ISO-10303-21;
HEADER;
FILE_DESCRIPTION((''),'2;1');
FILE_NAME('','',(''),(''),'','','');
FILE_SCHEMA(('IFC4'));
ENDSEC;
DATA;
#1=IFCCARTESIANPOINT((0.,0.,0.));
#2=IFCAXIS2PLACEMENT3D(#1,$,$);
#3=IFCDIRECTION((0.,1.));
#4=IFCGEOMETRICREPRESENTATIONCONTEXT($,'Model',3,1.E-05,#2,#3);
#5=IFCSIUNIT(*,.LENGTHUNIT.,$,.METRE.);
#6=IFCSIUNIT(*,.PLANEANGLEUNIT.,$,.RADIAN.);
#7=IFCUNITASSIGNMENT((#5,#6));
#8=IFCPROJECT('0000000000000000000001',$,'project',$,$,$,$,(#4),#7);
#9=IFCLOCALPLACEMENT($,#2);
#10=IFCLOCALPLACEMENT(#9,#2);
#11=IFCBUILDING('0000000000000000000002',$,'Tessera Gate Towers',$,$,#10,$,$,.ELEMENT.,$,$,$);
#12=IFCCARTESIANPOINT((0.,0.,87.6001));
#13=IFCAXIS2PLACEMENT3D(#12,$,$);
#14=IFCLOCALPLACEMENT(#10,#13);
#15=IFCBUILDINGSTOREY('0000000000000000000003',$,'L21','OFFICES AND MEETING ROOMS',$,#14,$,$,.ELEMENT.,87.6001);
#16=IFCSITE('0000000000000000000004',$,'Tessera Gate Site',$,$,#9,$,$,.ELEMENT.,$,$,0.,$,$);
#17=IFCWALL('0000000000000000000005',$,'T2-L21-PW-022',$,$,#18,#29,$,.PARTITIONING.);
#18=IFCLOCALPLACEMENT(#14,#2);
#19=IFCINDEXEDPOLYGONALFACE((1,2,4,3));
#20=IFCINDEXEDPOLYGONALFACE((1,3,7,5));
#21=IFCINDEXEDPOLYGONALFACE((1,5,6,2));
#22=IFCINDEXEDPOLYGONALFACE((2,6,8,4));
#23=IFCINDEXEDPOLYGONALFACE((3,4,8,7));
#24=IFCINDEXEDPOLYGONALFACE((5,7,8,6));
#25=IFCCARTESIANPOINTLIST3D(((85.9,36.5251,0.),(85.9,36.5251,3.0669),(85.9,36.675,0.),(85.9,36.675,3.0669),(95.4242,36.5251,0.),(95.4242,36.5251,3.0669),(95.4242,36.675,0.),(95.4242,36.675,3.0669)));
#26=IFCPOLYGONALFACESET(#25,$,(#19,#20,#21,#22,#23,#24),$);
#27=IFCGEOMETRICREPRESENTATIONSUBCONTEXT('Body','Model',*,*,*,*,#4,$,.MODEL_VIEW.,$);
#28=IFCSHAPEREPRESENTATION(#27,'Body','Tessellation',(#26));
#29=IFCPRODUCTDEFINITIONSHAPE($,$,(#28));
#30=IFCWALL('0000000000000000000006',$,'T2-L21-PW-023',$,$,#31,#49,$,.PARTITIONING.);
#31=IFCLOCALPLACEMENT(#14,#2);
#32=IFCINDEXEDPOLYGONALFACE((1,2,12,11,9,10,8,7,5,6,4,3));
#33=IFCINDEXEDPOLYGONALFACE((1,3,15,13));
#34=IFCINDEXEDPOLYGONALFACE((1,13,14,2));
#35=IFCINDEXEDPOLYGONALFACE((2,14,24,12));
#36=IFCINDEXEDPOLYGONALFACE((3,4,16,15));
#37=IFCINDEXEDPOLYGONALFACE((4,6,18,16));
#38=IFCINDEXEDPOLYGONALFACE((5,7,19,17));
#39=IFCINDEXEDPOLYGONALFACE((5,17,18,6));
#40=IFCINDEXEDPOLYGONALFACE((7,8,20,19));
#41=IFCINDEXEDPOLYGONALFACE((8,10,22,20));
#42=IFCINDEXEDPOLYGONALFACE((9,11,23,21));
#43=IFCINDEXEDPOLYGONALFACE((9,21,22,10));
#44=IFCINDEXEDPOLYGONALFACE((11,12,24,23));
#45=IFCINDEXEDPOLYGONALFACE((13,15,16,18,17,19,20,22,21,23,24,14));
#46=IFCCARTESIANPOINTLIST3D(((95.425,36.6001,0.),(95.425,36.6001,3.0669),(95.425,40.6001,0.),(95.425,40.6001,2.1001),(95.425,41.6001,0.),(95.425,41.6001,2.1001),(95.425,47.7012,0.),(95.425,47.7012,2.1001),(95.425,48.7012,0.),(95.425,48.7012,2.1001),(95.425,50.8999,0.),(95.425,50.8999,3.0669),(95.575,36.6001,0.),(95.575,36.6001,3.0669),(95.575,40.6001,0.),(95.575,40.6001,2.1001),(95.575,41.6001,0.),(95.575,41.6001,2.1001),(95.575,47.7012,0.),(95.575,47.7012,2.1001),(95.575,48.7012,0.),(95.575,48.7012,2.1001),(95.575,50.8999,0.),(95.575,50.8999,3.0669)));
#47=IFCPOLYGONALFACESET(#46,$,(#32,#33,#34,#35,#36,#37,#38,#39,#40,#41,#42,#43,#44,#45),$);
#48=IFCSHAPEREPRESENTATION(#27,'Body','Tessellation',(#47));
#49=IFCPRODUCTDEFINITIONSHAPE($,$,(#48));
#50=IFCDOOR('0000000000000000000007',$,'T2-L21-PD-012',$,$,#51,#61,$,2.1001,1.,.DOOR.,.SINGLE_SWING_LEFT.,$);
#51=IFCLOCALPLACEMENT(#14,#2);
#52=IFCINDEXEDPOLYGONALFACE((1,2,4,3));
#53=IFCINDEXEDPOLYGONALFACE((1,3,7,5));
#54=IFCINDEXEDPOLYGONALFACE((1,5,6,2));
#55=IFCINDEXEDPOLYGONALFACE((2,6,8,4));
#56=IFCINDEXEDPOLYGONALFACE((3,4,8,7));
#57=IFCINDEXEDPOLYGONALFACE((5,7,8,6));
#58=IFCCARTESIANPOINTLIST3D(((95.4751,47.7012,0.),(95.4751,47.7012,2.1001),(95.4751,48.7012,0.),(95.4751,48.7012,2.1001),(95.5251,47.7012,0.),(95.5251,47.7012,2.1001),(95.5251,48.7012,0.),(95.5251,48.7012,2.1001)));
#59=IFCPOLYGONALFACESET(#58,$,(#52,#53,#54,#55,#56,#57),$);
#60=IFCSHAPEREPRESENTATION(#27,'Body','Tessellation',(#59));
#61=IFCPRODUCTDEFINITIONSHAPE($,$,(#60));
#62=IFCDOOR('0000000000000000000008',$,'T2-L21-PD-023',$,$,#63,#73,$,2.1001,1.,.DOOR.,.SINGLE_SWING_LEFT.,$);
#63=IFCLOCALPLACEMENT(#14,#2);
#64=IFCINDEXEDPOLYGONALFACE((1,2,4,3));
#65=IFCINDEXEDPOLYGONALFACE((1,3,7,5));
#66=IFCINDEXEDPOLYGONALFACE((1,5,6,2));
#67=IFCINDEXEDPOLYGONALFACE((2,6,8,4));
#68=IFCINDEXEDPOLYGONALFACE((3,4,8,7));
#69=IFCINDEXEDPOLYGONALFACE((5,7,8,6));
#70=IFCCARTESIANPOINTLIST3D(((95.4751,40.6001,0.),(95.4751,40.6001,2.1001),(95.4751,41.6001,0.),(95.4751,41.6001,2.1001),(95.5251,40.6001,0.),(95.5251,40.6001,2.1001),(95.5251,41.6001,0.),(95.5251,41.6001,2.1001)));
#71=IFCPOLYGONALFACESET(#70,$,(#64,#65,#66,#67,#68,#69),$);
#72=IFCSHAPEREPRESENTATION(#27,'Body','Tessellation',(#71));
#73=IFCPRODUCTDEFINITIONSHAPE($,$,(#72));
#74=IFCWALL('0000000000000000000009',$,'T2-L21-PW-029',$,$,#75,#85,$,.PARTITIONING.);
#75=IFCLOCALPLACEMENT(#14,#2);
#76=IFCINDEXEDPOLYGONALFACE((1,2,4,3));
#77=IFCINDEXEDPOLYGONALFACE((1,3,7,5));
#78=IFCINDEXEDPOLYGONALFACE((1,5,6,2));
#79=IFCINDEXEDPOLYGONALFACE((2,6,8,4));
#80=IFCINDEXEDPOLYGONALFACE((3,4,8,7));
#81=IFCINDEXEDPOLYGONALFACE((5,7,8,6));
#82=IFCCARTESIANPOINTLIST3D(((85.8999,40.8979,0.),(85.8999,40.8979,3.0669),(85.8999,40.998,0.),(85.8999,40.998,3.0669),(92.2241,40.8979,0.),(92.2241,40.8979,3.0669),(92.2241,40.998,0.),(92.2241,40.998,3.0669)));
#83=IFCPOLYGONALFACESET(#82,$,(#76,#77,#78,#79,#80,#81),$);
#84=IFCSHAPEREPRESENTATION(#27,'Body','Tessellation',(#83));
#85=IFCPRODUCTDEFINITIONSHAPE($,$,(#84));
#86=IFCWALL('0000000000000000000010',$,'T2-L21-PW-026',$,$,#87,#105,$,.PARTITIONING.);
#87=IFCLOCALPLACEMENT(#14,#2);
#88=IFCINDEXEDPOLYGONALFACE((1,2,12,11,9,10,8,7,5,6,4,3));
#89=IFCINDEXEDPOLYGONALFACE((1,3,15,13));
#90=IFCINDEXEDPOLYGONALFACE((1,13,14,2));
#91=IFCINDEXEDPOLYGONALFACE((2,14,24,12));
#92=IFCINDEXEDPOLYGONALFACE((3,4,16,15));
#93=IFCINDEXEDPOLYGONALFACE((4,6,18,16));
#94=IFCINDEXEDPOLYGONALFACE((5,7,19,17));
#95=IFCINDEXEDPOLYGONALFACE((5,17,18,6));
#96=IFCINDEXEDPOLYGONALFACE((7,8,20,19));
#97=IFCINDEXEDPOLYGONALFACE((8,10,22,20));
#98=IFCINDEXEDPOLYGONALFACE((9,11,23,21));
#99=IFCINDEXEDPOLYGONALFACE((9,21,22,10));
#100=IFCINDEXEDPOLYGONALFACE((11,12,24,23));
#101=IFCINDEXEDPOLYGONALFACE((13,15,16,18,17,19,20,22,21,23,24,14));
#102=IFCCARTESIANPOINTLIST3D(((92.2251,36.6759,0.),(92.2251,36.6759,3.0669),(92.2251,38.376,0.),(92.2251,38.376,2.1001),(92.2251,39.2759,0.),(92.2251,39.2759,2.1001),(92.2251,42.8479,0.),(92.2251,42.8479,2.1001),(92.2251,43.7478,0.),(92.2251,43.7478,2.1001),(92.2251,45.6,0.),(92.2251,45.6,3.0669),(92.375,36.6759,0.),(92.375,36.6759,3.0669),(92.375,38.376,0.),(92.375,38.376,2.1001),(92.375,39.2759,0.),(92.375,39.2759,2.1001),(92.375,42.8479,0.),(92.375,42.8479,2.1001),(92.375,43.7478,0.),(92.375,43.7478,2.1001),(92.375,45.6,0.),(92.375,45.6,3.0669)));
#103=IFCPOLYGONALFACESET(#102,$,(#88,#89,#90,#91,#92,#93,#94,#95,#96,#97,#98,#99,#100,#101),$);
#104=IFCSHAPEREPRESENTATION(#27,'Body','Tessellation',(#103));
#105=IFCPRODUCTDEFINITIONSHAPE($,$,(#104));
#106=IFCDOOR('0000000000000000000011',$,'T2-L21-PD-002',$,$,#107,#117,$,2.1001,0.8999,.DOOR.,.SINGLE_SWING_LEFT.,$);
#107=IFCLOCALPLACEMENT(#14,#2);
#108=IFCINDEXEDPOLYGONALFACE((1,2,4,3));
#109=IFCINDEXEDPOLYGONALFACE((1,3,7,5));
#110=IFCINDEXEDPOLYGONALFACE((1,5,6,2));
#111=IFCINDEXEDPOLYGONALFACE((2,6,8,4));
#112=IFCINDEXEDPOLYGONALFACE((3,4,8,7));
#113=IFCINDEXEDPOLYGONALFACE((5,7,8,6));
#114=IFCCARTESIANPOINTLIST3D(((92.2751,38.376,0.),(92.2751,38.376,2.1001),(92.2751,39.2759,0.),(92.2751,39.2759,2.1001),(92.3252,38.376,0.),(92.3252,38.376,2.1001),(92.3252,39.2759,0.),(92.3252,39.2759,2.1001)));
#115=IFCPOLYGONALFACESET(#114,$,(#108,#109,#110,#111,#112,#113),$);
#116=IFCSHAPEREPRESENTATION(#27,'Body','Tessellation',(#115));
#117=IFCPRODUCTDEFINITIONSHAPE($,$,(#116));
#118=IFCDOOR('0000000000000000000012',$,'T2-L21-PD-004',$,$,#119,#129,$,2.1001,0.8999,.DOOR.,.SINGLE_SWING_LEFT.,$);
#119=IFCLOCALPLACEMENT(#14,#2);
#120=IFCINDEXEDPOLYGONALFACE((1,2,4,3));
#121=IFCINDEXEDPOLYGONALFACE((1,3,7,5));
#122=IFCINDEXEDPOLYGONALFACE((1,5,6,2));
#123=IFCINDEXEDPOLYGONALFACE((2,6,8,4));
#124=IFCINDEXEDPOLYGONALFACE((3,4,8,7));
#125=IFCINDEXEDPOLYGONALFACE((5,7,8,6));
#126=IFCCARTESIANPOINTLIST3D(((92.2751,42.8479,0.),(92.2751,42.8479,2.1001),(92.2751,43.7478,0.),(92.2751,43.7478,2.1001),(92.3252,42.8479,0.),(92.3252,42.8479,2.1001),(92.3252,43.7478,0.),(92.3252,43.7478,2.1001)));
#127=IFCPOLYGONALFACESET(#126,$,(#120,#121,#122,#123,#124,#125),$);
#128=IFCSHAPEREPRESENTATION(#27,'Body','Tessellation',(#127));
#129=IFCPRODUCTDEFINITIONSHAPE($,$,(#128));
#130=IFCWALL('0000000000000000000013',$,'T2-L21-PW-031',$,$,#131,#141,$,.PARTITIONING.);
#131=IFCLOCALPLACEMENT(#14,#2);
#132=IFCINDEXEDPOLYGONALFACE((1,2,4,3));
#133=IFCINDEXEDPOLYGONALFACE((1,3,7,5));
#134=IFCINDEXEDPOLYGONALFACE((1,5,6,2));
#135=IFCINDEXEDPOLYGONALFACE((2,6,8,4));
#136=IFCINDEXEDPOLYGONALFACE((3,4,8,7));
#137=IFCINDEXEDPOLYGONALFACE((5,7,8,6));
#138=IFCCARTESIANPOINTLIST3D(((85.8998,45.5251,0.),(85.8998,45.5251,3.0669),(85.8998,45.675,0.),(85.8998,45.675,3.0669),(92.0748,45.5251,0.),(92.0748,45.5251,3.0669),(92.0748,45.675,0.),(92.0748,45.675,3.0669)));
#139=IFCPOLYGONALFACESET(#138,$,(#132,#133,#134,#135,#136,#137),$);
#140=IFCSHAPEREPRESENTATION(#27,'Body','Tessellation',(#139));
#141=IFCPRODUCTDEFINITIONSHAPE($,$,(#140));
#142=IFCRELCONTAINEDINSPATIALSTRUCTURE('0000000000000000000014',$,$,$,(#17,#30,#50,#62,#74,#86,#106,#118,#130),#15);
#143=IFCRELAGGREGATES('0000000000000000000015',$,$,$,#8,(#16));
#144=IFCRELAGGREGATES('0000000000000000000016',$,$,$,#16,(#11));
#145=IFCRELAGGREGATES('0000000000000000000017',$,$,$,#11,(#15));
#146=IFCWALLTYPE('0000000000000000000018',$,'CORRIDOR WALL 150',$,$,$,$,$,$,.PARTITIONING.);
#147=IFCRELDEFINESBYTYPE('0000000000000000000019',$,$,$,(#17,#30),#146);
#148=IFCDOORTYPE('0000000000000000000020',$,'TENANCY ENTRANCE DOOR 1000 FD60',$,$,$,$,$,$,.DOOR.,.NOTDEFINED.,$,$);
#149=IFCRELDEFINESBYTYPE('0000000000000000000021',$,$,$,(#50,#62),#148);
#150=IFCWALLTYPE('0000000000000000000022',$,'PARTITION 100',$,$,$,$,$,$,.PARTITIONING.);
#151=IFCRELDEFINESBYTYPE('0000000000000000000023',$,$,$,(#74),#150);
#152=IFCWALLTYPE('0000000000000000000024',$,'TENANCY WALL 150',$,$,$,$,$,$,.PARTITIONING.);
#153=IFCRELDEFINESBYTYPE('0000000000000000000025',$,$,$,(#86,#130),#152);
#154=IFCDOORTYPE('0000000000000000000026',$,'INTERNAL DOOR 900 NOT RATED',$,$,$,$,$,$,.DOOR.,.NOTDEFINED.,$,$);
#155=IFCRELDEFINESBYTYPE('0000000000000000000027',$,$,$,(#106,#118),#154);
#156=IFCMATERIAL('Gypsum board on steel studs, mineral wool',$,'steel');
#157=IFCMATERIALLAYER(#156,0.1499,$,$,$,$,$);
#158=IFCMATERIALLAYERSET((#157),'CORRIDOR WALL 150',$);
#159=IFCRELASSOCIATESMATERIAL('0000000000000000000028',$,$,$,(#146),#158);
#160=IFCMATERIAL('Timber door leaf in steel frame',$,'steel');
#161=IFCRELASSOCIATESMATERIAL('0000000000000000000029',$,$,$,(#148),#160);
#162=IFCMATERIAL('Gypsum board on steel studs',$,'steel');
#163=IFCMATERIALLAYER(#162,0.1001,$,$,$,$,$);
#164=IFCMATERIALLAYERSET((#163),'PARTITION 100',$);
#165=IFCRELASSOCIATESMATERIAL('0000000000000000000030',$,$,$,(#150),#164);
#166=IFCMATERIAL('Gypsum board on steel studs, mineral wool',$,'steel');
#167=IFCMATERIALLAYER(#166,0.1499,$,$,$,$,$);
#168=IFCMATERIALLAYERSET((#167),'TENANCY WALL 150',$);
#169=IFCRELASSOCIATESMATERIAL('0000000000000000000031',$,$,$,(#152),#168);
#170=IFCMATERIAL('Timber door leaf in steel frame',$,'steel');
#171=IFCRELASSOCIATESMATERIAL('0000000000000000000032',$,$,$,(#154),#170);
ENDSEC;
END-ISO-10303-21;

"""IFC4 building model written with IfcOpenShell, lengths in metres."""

from ifc_helpers import new_model, si_unit, direction, frame, frame_2d, origin, place, context, subcontext, project, spatial, rectangle, extrude, source, transform, mapped, material, layer, layer_set, type_object, element, fill, save


model = new_model("IFC4")

# Units and contexts
model_context = context("Model", 3, precision=1e-05, world=origin(), true_north=direction((0.0, 1.0)))
body_context = subcontext(model_context, "Body", "Model", "MODEL_VIEW")
ifc_project = project(units=[si_unit("LENGTHUNIT", "METRE"), si_unit("PLANEANGLEUNIT", "RADIAN")], contexts=[model_context])

# Site, building, storey
site_placement = place(None, origin())
site = spatial("IfcSite", under=ifc_project, at=site_placement, Name="Tessera Gate Site", CompositionType="ELEMENT", RefElevation=0.0)
building_placement = place(site_placement, origin())
building = spatial("IfcBuilding", under=site, at=building_placement, Name="Tessera Gate Towers", CompositionType="ELEMENT")
storey_placement = place(building_placement, frame((0.0, 0.0, 87.6001)))
storey = spatial("IfcBuildingStorey", under=building, at=storey_placement, Name="L21", Description="OFFICES AND MEETING ROOMS", CompositionType="ELEMENT", Elevation=87.6001)

# Wall
ifc_material_1 = material(Name="Gypsum board on steel studs, mineral wool", Category="steel")
ifc_layer_1 = layer(ifc_material_1, 0.1499)
ifc_layer_set_1 = layer_set([ifc_layer_1], Name="CORRIDOR WALL 150")
wall_type_1 = type_object("IfcWallType", Name="CORRIDOR WALL 150", PredefinedType="PARTITIONING", material=ifc_layer_set_1)
wall_1_placement = place(storey_placement, frame((85.8999, 36.6001, 0.0), z_axis=(0.0, 0.0, 1.0), x_axis=(1.0, 0.0, 0.0)))
element("IfcWall", 1, at=wall_1_placement, inside=storey, type_object=wall_type_1, Name="T2-L21-PW-022", PredefinedType="PARTITIONING", context=body_context, shape_type="SweptSolid", body=[
    extrude(rectangle(XDim=9.5242, YDim=0.1499, at=frame_2d((4.7622, 0.0))), origin(), (0.0, 0.0, 1.0), 3.0669),
])

# Wall, openings, doors
wall_2_placement = place(storey_placement, frame((95.5, 36.6001, 0.0), z_axis=(0.0, 0.0, 1.0), x_axis=(0.0, 1.0, 0.0)))
wall_2 = element("IfcWall", 2, at=wall_2_placement, inside=storey, type_object=wall_type_1, Name="T2-L21-PW-023", PredefinedType="PARTITIONING", context=body_context, shape_type="SweptSolid", body=[
    extrude(rectangle(XDim=14.2998, YDim=0.1499, at=frame_2d((7.1499, 0.0))), origin(), (0.0, 0.0, 1.0), 3.0669),
])
shared_shape_1 = source(origin(), body_context, "Body", "SweptSolid", [
    extrude(rectangle(XDim=1.0, YDim=2.1001, at=frame_2d((0.5, 1.05))), frame((0.0, 0.085, 0.0), z_axis=(0.0, -1.0, 0.0), x_axis=(1.0, 0.0, 0.0)), (0.0, 0.0, 1.0), 0.1699),
])
opening_1_placement = place(wall_2_placement, frame((11.1011, 0.0, 0.0)))
opening_1 = element("IfcOpeningElement", 3, at=opening_1_placement, cuts=wall_2, PredefinedType="OPENING", context=body_context, shape_type="MappedRepresentation", body=[
    mapped(shared_shape_1, transform((0.0, 0.0, 0.0), scale=1.0)),
])
opening_2_placement = place(wall_2_placement, frame((4.0, 0.0, 0.0)))
opening_2 = element("IfcOpeningElement", 4, at=opening_2_placement, cuts=wall_2, PredefinedType="OPENING", context=body_context, shape_type="MappedRepresentation", body=[
    mapped(shared_shape_1, transform((0.0, 0.0, 0.0), scale=1.0)),
])
ifc_material_2 = material(Name="Timber door leaf in steel frame", Category="steel")
door_type_1 = type_object("IfcDoorType", Name="TENANCY ENTRANCE DOOR 1000 FD60", OperationType="NOTDEFINED", PredefinedType="DOOR", material=ifc_material_2)
shared_shape_2 = source(origin(), body_context, "Body", "SweptSolid", [
    extrude(rectangle(XDim=1.0, YDim=2.1001, at=frame_2d((0.5, 1.05))), frame((0.0, 0.0249, 0.0), z_axis=(0.0, -1.0, 0.0), x_axis=(1.0, 0.0, 0.0)), (0.0, 0.0, 1.0), 0.05),
])
door_1_placement = place(opening_1_placement, origin())
door_1 = element("IfcDoor", 5, at=door_1_placement, inside=storey, type_object=door_type_1, Name="T2-L21-PD-012", OperationType="SINGLE_SWING_LEFT", OverallHeight=2.1001, OverallWidth=1.0, PredefinedType="DOOR", context=body_context, shape_type="MappedRepresentation", body=[
    mapped(shared_shape_2, transform((0.0, 0.0, 0.0), scale=1.0)),
])
fill(opening_1, door_1)
door_2_placement = place(opening_2_placement, origin())
door_2 = element("IfcDoor", 6, at=door_2_placement, inside=storey, type_object=door_type_1, Name="T2-L21-PD-023", OperationType="SINGLE_SWING_LEFT", OverallHeight=2.1001, OverallWidth=1.0, PredefinedType="DOOR", context=body_context, shape_type="MappedRepresentation", body=[
    mapped(shared_shape_2, transform((0.0, 0.0, 0.0), scale=1.0)),
])
fill(opening_2, door_2)

# Wall
ifc_material_3 = material(Name="Gypsum board on steel studs", Category="steel")
ifc_layer_2 = layer(ifc_material_3, 0.1001)
ifc_layer_set_2 = layer_set([ifc_layer_2], Name="PARTITION 100")
wall_type_2 = type_object("IfcWallType", Name="PARTITION 100", PredefinedType="PARTITIONING", material=ifc_layer_set_2)
wall_3_placement = place(storey_placement, frame((85.8999, 40.948, 0.0), z_axis=(0.0, 0.0, 1.0), x_axis=(1.0, 0.0, 0.0)))
element("IfcWall", 7, at=wall_3_placement, inside=storey, type_object=wall_type_2, Name="T2-L21-PW-029", PredefinedType="PARTITIONING", context=body_context, shape_type="SweptSolid", body=[
    extrude(rectangle(XDim=6.3242, YDim=0.1001, at=frame_2d((3.1621, 0.0))), origin(), (0.0, 0.0, 1.0), 3.0669),
])

# Wall, openings, doors
ifc_material_4 = material(Name="Gypsum board on steel studs, mineral wool", Category="steel")
ifc_layer_3 = layer(ifc_material_4, 0.1499)
ifc_layer_set_3 = layer_set([ifc_layer_3], Name="TENANCY WALL 150")
wall_type_3 = type_object("IfcWallType", Name="TENANCY WALL 150", PredefinedType="PARTITIONING", material=ifc_layer_set_3)
wall_4_placement = place(storey_placement, frame((92.3, 36.676, 0.0), z_axis=(0.0, 0.0, 1.0), x_axis=(0.0, 1.0, 0.0)))
wall_4 = element("IfcWall", 8, at=wall_4_placement, inside=storey, type_object=wall_type_3, Name="T2-L21-PW-026", PredefinedType="PARTITIONING", context=body_context, shape_type="SweptSolid", body=[
    extrude(rectangle(XDim=8.9241, YDim=0.1499, at=frame_2d((4.4619, 0.0))), origin(), (0.0, 0.0, 1.0), 3.0669),
])
shared_shape_3 = source(origin(), body_context, "Body", "SweptSolid", [
    extrude(rectangle(XDim=0.8999, YDim=2.1001, at=frame_2d((0.45, 1.05))), frame((0.0, 0.085, 0.0), z_axis=(0.0, -1.0, 0.0), x_axis=(1.0, 0.0, 0.0)), (0.0, 0.0, 1.0), 0.1699),
])
opening_3_placement = place(wall_4_placement, frame((1.7, 0.0, 0.0)))
opening_3 = element("IfcOpeningElement", 9, at=opening_3_placement, cuts=wall_4, PredefinedType="OPENING", context=body_context, shape_type="MappedRepresentation", body=[
    mapped(shared_shape_3, transform((0.0, 0.0, 0.0), scale=1.0)),
])
opening_4_placement = place(wall_4_placement, frame((6.1719, 0.0, 0.0)))
opening_4 = element("IfcOpeningElement", 10, at=opening_4_placement, cuts=wall_4, PredefinedType="OPENING", context=body_context, shape_type="MappedRepresentation", body=[
    mapped(shared_shape_3, transform((0.0, 0.0, 0.0), scale=1.0)),
])
ifc_material_5 = material(Name="Timber door leaf in steel frame", Category="steel")
door_type_2 = type_object("IfcDoorType", Name="INTERNAL DOOR 900 NOT RATED", OperationType="NOTDEFINED", PredefinedType="DOOR", material=ifc_material_5)
shared_shape_4 = source(origin(), body_context, "Body", "SweptSolid", [
    extrude(rectangle(XDim=0.8999, YDim=2.1001, at=frame_2d((0.45, 1.05))), frame((0.0, 0.0249, 0.0), z_axis=(0.0, -1.0, 0.0), x_axis=(1.0, 0.0, 0.0)), (0.0, 0.0, 1.0), 0.05),
])
door_3_placement = place(opening_3_placement, origin())
door_3 = element("IfcDoor", 11, at=door_3_placement, inside=storey, type_object=door_type_2, Name="T2-L21-PD-002", OperationType="SINGLE_SWING_LEFT", OverallHeight=2.1001, OverallWidth=0.8999, PredefinedType="DOOR", context=body_context, shape_type="MappedRepresentation", body=[
    mapped(shared_shape_4, transform((0.0, 0.0, 0.0), scale=1.0)),
])
fill(opening_3, door_3)
door_4_placement = place(opening_4_placement, origin())
door_4 = element("IfcDoor", 12, at=door_4_placement, inside=storey, type_object=door_type_2, Name="T2-L21-PD-004", OperationType="SINGLE_SWING_LEFT", OverallHeight=2.1001, OverallWidth=0.8999, PredefinedType="DOOR", context=body_context, shape_type="MappedRepresentation", body=[
    mapped(shared_shape_4, transform((0.0, 0.0, 0.0), scale=1.0)),
])
fill(opening_4, door_4)

# Wall
wall_5_placement = place(storey_placement, frame((85.8999, 45.6001, 0.0), z_axis=(0.0, 0.0, 1.0), x_axis=(1.0, 0.0, 0.0)))
element("IfcWall", 13, at=wall_5_placement, inside=storey, type_object=wall_type_3, Name="T2-L21-PW-031", PredefinedType="PARTITIONING", context=body_context, shape_type="SweptSolid", body=[
    extrude(rectangle(XDim=6.175, YDim=0.1499, at=frame_2d((3.0874, 0.0))), origin(), (0.0, 0.0, 1.0), 3.0669),
])

save(model, "model.ifc")
